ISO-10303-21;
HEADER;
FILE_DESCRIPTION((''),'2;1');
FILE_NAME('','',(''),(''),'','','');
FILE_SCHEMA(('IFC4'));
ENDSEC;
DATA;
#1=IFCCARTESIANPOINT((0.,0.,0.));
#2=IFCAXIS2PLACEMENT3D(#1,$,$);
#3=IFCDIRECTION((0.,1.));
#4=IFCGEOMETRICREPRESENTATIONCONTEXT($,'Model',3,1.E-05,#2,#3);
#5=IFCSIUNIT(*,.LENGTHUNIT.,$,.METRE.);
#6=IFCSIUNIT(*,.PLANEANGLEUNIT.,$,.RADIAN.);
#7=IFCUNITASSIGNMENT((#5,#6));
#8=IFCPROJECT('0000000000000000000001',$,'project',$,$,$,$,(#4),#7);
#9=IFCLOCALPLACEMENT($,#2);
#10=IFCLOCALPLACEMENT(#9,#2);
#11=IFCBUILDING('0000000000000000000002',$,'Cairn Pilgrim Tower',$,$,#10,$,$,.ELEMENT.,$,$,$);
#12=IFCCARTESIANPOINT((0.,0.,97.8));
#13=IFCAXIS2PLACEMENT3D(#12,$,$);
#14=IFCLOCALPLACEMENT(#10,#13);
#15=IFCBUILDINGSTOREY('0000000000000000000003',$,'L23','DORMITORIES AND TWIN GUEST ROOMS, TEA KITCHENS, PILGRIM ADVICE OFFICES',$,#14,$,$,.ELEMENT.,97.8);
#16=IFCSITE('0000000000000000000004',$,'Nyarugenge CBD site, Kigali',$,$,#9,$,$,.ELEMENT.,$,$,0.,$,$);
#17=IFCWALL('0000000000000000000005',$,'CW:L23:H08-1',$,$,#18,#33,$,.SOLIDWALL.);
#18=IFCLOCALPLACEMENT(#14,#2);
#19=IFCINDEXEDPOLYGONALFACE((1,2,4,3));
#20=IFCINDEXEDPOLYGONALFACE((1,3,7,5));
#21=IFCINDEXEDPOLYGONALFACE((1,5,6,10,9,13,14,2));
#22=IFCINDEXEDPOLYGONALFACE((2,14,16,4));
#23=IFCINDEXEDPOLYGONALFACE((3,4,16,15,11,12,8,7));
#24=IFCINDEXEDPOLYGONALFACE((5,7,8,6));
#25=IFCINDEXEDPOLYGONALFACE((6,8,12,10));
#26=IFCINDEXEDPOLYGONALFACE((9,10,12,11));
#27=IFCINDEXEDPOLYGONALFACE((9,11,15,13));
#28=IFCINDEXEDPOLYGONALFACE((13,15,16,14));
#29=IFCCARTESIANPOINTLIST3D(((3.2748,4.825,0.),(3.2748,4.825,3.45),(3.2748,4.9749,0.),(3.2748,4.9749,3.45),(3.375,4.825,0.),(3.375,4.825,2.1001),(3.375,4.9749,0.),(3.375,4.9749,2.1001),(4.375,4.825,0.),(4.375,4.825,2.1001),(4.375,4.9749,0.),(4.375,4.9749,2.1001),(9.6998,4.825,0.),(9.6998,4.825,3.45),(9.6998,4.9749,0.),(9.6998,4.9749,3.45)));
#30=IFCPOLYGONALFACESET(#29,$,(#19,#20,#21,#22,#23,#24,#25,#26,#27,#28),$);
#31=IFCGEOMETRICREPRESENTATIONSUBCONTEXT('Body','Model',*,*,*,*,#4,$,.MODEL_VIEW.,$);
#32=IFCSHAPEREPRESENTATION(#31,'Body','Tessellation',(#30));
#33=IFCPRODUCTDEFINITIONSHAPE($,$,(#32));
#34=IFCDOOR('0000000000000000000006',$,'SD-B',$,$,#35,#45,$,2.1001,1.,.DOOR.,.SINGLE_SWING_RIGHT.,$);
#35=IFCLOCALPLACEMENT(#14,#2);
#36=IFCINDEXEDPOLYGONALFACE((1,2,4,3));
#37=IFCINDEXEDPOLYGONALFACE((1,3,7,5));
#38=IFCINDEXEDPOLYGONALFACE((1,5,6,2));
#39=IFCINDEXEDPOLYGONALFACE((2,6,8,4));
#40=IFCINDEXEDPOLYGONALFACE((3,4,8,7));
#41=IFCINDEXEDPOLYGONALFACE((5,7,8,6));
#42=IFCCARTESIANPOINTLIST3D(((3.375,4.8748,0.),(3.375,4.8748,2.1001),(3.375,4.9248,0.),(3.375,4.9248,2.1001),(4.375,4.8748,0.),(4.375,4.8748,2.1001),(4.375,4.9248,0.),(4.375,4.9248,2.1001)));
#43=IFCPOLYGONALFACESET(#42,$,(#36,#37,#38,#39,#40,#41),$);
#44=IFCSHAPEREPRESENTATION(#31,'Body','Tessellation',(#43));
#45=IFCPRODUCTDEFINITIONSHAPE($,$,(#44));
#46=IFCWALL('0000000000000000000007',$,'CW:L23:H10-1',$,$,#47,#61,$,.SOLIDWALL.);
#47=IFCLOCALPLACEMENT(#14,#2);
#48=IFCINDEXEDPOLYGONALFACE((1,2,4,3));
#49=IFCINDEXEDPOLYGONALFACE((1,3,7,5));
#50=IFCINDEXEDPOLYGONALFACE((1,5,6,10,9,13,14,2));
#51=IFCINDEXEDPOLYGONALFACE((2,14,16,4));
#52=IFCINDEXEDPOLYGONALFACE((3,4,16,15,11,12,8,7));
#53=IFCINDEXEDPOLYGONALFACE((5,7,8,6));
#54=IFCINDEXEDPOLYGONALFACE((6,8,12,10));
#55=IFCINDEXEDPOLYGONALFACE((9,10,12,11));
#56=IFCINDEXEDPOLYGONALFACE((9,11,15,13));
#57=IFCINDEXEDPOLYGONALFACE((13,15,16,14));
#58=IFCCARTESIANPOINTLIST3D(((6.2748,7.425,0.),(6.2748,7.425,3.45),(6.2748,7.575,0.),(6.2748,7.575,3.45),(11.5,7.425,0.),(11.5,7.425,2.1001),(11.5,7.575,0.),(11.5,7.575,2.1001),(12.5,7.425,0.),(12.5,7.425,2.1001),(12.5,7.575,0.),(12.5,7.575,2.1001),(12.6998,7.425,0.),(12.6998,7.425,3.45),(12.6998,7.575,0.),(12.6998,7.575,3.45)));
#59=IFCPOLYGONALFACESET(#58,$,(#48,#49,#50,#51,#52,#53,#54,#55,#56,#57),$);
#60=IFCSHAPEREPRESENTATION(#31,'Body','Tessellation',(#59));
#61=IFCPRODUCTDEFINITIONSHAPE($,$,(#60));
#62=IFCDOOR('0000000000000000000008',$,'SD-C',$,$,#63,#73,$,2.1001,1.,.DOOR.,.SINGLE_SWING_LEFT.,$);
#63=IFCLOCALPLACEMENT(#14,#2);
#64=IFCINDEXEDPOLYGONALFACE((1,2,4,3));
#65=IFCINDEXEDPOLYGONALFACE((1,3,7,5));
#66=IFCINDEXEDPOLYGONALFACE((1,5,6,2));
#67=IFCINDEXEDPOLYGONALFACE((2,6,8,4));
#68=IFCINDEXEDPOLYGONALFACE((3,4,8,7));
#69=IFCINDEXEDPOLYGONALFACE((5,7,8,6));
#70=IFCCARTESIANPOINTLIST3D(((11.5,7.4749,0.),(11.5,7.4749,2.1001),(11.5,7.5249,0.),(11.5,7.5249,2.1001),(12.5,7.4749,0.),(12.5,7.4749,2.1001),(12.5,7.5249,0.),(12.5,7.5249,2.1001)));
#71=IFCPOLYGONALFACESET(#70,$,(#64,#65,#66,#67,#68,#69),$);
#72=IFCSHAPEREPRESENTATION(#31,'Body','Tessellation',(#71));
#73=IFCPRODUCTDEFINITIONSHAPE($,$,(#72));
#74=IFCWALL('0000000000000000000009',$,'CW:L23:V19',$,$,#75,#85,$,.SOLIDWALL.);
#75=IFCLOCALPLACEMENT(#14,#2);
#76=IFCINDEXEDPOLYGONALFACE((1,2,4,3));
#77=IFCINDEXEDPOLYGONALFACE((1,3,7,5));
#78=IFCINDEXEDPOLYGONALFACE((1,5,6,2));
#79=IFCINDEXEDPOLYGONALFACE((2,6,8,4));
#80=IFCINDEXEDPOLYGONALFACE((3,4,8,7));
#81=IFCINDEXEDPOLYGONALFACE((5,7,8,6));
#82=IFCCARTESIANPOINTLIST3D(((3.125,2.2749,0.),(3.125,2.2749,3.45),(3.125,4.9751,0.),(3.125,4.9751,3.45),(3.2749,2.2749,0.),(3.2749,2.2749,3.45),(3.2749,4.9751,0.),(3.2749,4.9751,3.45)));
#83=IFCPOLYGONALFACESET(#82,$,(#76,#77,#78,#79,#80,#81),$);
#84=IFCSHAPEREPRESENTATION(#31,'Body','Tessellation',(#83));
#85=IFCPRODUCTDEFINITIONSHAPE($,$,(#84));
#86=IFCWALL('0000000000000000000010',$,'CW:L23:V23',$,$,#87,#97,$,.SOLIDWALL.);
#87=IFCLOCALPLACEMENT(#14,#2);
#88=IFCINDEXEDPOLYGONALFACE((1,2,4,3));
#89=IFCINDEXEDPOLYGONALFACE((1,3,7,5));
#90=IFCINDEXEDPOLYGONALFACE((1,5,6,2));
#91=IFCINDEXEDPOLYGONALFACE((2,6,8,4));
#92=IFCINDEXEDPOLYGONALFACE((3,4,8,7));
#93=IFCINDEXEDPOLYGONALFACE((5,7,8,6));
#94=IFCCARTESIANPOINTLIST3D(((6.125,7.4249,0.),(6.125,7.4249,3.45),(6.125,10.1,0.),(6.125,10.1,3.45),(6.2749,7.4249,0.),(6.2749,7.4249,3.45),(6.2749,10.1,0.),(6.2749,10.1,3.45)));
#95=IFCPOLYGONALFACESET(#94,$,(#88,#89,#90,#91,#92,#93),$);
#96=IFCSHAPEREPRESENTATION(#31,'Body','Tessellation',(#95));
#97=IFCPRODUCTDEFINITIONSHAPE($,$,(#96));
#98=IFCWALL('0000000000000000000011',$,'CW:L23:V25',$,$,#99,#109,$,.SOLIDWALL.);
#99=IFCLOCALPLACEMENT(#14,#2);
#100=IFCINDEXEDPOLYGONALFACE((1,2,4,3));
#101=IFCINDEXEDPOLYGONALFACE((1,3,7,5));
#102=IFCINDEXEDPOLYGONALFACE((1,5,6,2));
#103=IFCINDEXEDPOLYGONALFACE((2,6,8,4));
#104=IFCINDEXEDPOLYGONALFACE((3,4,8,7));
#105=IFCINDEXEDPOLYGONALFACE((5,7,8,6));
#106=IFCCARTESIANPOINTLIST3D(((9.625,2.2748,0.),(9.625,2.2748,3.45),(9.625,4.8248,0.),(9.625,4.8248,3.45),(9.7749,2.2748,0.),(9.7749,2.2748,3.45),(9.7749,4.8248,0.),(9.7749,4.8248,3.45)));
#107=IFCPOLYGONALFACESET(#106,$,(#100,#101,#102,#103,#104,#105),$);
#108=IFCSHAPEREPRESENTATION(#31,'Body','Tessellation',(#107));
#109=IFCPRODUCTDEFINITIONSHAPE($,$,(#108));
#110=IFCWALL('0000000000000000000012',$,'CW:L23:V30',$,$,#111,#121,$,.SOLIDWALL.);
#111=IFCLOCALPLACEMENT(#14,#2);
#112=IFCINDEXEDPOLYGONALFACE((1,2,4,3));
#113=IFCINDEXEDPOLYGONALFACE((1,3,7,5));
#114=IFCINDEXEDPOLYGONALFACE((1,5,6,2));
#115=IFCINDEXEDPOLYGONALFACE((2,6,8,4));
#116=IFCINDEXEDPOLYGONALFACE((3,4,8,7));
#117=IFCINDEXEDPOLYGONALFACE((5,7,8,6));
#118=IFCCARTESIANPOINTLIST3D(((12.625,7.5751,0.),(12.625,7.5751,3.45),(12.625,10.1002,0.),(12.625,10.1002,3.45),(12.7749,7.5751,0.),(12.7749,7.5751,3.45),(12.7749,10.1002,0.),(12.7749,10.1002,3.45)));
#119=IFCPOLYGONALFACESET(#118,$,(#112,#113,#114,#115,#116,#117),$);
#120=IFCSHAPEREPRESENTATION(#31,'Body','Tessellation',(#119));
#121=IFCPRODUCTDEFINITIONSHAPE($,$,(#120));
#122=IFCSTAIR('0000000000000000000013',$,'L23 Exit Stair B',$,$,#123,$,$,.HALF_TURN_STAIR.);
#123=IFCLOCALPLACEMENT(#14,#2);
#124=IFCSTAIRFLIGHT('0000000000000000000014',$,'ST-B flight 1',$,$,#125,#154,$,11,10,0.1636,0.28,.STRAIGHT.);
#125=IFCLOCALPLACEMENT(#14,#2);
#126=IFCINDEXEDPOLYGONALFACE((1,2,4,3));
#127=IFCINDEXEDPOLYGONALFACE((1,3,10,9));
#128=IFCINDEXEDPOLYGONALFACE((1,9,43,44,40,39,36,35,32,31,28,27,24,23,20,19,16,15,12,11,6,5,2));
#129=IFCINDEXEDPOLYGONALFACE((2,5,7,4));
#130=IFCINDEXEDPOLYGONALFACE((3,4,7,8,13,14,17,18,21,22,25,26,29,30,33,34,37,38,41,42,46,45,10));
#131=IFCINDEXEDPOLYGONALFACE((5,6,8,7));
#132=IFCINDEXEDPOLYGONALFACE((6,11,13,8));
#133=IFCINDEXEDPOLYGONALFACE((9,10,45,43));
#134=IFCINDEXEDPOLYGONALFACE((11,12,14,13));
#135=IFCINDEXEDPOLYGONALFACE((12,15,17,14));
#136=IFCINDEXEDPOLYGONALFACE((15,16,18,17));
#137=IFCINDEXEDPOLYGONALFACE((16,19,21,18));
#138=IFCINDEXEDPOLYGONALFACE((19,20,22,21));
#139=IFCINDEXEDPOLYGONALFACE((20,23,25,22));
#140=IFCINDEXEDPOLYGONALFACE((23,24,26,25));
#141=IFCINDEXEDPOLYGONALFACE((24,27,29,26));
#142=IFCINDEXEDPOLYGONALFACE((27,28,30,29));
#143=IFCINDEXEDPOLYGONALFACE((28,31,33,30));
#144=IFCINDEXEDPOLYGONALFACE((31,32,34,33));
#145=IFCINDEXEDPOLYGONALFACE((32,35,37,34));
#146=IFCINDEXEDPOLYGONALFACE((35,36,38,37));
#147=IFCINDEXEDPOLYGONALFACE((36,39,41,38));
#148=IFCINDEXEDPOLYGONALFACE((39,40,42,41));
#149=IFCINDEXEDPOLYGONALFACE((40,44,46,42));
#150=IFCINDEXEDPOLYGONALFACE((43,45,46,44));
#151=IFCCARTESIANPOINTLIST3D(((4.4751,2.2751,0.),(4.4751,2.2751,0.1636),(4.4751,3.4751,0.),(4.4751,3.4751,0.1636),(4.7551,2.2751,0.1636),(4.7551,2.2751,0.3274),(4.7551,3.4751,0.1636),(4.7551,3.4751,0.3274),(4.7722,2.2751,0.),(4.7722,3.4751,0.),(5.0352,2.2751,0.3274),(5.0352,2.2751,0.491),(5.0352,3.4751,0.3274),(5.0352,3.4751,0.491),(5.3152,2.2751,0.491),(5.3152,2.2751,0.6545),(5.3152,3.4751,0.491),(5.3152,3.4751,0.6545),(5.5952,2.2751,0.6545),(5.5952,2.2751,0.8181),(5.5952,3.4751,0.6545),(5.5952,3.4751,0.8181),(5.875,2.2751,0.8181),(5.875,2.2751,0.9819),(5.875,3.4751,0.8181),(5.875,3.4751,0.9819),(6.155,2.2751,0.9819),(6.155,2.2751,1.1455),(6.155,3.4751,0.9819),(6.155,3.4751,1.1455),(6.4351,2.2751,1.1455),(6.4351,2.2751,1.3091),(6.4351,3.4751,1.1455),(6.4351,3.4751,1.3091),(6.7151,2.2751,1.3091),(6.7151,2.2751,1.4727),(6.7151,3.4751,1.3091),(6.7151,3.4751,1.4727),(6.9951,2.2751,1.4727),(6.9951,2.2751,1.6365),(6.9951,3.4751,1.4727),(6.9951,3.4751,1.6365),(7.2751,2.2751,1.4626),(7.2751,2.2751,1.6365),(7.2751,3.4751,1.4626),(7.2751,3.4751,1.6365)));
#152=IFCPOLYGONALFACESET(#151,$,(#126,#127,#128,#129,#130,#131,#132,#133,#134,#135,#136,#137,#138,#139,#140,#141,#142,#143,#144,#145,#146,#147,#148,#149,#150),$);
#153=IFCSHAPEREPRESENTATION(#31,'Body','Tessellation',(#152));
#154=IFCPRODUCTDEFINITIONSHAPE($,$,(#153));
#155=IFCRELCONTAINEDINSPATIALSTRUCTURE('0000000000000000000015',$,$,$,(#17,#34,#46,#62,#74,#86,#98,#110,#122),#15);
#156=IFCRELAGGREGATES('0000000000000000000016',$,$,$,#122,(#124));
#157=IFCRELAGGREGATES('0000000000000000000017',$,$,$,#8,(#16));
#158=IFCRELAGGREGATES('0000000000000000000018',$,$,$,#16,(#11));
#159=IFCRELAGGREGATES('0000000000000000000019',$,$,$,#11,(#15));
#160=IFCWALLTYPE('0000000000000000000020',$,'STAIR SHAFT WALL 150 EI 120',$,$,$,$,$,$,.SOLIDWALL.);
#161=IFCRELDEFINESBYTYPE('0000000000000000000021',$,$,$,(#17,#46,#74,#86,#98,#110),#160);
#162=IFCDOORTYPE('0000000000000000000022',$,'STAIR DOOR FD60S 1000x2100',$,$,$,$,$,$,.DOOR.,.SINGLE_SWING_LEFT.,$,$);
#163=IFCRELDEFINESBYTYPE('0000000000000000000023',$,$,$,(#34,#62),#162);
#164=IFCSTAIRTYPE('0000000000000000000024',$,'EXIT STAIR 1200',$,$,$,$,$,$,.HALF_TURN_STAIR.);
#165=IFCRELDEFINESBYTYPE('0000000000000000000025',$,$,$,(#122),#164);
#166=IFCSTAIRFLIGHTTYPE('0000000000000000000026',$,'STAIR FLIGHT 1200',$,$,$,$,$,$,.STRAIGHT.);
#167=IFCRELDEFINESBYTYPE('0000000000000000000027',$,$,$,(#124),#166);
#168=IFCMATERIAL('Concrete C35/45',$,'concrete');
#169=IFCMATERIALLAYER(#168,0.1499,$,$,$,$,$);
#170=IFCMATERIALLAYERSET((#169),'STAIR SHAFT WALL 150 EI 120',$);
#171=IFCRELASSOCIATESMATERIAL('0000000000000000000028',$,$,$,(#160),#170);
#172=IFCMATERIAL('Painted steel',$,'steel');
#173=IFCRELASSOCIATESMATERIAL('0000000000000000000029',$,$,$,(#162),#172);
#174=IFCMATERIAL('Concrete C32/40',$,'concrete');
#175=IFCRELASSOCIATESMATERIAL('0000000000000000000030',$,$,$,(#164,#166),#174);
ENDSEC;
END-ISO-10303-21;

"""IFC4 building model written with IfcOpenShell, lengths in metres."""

from ifc_helpers import new_model, si_unit, direction, frame, frame_2d, origin, place, context, subcontext, project, spatial, polyline, rectangle, outline, extrude, material, layer, layer_set, type_object, element, fill, aggregate, save


model = new_model("IFC4")

# Units and contexts
model_context = context("Model", 3, precision=1e-05, world=origin(), true_north=direction((0.0, 1.0)))
body_context = subcontext(model_context, "Body", "Model", "MODEL_VIEW")
ifc_project = project(units=[si_unit("LENGTHUNIT", "METRE"), si_unit("PLANEANGLEUNIT", "RADIAN")], contexts=[model_context])

# Site, building, storey
site_placement = place(None, origin())
site = spatial("IfcSite", under=ifc_project, at=site_placement, Name="Nyarugenge CBD site, Kigali", CompositionType="ELEMENT", RefElevation=0.0)
building_placement = place(site_placement, origin())
building = spatial("IfcBuilding", under=site, at=building_placement, Name="Cairn Pilgrim Tower", CompositionType="ELEMENT")
storey_placement = place(building_placement, frame((0.0, 0.0, 97.8)))
storey = spatial("IfcBuildingStorey", under=building, at=storey_placement, Name="L23", Description="DORMITORIES AND TWIN GUEST ROOMS, TEA KITCHENS, PILGRIM ADVICE OFFICES", CompositionType="ELEMENT", Elevation=97.8)

# Shared definitions
ifc_material_1 = material(Name="Concrete C32/40", Category="concrete")

# Shared definitions
ifc_material_2 = material(Name="Painted steel", Category="steel")

# Shared definitions
ifc_material_3 = material(Name="Concrete C35/45", Category="concrete")
ifc_layer_1 = layer(ifc_material_3, 0.1499)
ifc_layer_set_1 = layer_set([ifc_layer_1], Name="STAIR SHAFT WALL 150 EI 120")
wall_type_1 = type_object("IfcWallType", Name="STAIR SHAFT WALL 150 EI 120", PredefinedType="SOLIDWALL", material=ifc_layer_set_1)

# Walls, openings, doors
wall_1_placement = place(storey_placement, frame((3.2749, 4.8999, 0.0), z_axis=(0.0, 0.0, 1.0), x_axis=(1.0, 0.0, 0.0)))
wall_1 = element("IfcWall", 1, at=wall_1_placement, inside=storey, type_object=wall_type_1, Name="CW:L23:H08-1", PredefinedType="SOLIDWALL", context=body_context, shape_type="SweptSolid", body=[
    extrude(rectangle(XDim=6.425, YDim=0.1499, at=frame_2d((3.2124, 0.0))), origin(), (0.0, 0.0, 1.0), 3.45),
])
opening_1_placement = place(wall_1_placement, frame((0.1001, 0.0, 0.0)))
opening_1 = element("IfcOpeningElement", 2, at=opening_1_placement, cuts=wall_1, PredefinedType="OPENING", context=body_context, shape_type="SweptSolid", body=[
    extrude(rectangle(XDim=1.0, YDim=2.1001, at=frame_2d((0.5, 1.05))), frame((0.0, 0.085, 0.0), z_axis=(0.0, -1.0, 0.0), x_axis=(1.0, 0.0, 0.0)), (0.0, 0.0, 1.0), 0.1699),
])
door_type_1 = type_object("IfcDoorType", Name="STAIR DOOR FD60S 1000x2100", OperationType="SINGLE_SWING_LEFT", PredefinedType="DOOR", material=ifc_material_2)
door_1_placement = place(opening_1_placement, origin())
door_1 = element("IfcDoor", 3, at=door_1_placement, inside=storey, type_object=door_type_1, Name="SD-B", OperationType="SINGLE_SWING_RIGHT", OverallHeight=2.1001, OverallWidth=1.0, PredefinedType="DOOR", context=body_context, shape_type="SweptSolid", body=[
    extrude(rectangle(XDim=1.0, YDim=2.1001, at=frame_2d((0.5, 1.05))), frame((0.0, 0.0249, 0.0), z_axis=(0.0, -1.0, 0.0), x_axis=(1.0, 0.0, 0.0)), (0.0, 0.0, 1.0), 0.05),
])
fill(opening_1, door_1)
wall_2_placement = place(storey_placement, frame((6.2749, 7.5, 0.0), z_axis=(0.0, 0.0, 1.0), x_axis=(1.0, 0.0, 0.0)))
wall_2 = element("IfcWall", 4, at=wall_2_placement, inside=storey, type_object=wall_type_1, Name="CW:L23:H10-1", PredefinedType="SOLIDWALL", context=body_context, shape_type="SweptSolid", body=[
    extrude(rectangle(XDim=6.425, YDim=0.1499, at=frame_2d((3.2124, 0.0))), origin(), (0.0, 0.0, 1.0), 3.45),
])
opening_2_placement = place(wall_2_placement, frame((5.2251, 0.0, 0.0)))
opening_2 = element("IfcOpeningElement", 5, at=opening_2_placement, cuts=wall_2, PredefinedType="OPENING", context=body_context, shape_type="SweptSolid", body=[
    extrude(rectangle(XDim=1.0, YDim=2.1001, at=frame_2d((0.5, 1.05))), frame((0.0, 0.085, 0.0), z_axis=(0.0, -1.0, 0.0), x_axis=(1.0, 0.0, 0.0)), (0.0, 0.0, 1.0), 0.1699),
])
door_2_placement = place(opening_2_placement, origin())
door_2 = element("IfcDoor", 6, at=door_2_placement, inside=storey, type_object=door_type_1, Name="SD-C", OperationType="SINGLE_SWING_LEFT", OverallHeight=2.1001, OverallWidth=1.0, PredefinedType="DOOR", context=body_context, shape_type="SweptSolid", body=[
    extrude(rectangle(XDim=1.0, YDim=2.1001, at=frame_2d((0.5, 1.05))), frame((0.0, 0.0249, 0.0), z_axis=(0.0, -1.0, 0.0), x_axis=(1.0, 0.0, 0.0)), (0.0, 0.0, 1.0), 0.05),
])
fill(opening_2, door_2)

# Walls
wall_3_placement = place(storey_placement, frame((3.2, 2.2749, 0.0), z_axis=(0.0, 0.0, 1.0), x_axis=(0.0, 1.0, 0.0)))
element("IfcWall", 7, at=wall_3_placement, inside=storey, type_object=wall_type_1, Name="CW:L23:V19", PredefinedType="SOLIDWALL", context=body_context, shape_type="SweptSolid", body=[
    extrude(rectangle(XDim=2.7002, YDim=0.1499, at=frame_2d((1.3501, 0.0))), origin(), (0.0, 0.0, 1.0), 3.45),
])
wall_4_placement = place(storey_placement, frame((6.2, 7.425, 0.0), z_axis=(0.0, 0.0, 1.0), x_axis=(0.0, 1.0, 0.0)))
element("IfcWall", 8, at=wall_4_placement, inside=storey, type_object=wall_type_1, Name="CW:L23:V23", PredefinedType="SOLIDWALL", context=body_context, shape_type="SweptSolid", body=[
    extrude(rectangle(XDim=2.675, YDim=0.1499, at=frame_2d((1.3374, 0.0))), origin(), (0.0, 0.0, 1.0), 3.45),
])
wall_5_placement = place(storey_placement, frame((9.7, 2.2749, 0.0), z_axis=(0.0, 0.0, 1.0), x_axis=(0.0, 1.0, 0.0)))
element("IfcWall", 9, at=wall_5_placement, inside=storey, type_object=wall_type_1, Name="CW:L23:V25", PredefinedType="SOLIDWALL", context=body_context, shape_type="SweptSolid", body=[
    extrude(rectangle(XDim=2.55, YDim=0.1499, at=frame_2d((1.2749, 0.0))), origin(), (0.0, 0.0, 1.0), 3.45),
])
wall_6_placement = place(storey_placement, frame((12.7, 7.575, 0.0), z_axis=(0.0, 0.0, 1.0), x_axis=(0.0, 1.0, 0.0)))
element("IfcWall", 10, at=wall_6_placement, inside=storey, type_object=wall_type_1, Name="CW:L23:V30", PredefinedType="SOLIDWALL", context=body_context, shape_type="SweptSolid", body=[
    extrude(rectangle(XDim=2.5251, YDim=0.1499, at=frame_2d((1.2627, 0.0))), origin(), (0.0, 0.0, 1.0), 3.45),
])

# Stair, stair flight
stair_type = type_object("IfcStairType", Name="EXIT STAIR 1200", PredefinedType="HALF_TURN_STAIR", material=ifc_material_1)
stair_1_placement = place(storey_placement, origin())
stair_1 = element("IfcStair", 11, at=stair_1_placement, inside=storey, type_object=stair_type, Name="L23 Exit Stair B", PredefinedType="HALF_TURN_STAIR")
stair_flight_type = type_object("IfcStairFlightType", Name="STAIR FLIGHT 1200", PredefinedType="STRAIGHT", material=ifc_material_1)
stair_flight_1_placement = place(storey_placement, frame((4.4751, 2.875, 0.0), z_axis=(0.0, 0.0, 1.0), x_axis=(1.0, 0.0, 0.0)))
stair_flight_1 = element("IfcStairFlight", 12, at=stair_flight_1_placement, type_object=stair_flight_type, Name="ST-B flight 1", NumberOfRisers=11, NumberOfTreads=10, PredefinedType="STRAIGHT", RiserHeight=0.1636, TreadLength=0.28, context=body_context, shape_type="SweptSolid", body=[
    extrude(outline(polyline([(0.0, 0.0), (0.0, 0.1636), (0.28, 0.1636), (0.28, 0.3274), (0.5601, 0.3274), (0.5601, 0.491), (0.8401, 0.491), (0.8401, 0.6545), (1.1201, 0.6545), (1.1201, 0.8181), (1.3999, 0.8181), (1.3999, 0.9819), (1.6799, 0.9819), (1.6799, 1.1455), (1.96, 1.1455), (1.96, 1.3091), (2.24, 1.3091), (2.24, 1.4727), (2.52, 1.4727), (2.52, 1.6365), (2.8, 1.6365), (2.8, 1.8), (2.8, 1.4626), (0.2971, 0.0), (0.0, 0.0)])), frame((0.0, 0.6001, 0.0), z_axis=(0.0, -1.0, 0.0), x_axis=(1.0, 0.0, 0.0)), (0.0, 0.0, 1.0), 1.2),
])
aggregate(stair_1, [stair_flight_1])

save(model, "model.ifc")
